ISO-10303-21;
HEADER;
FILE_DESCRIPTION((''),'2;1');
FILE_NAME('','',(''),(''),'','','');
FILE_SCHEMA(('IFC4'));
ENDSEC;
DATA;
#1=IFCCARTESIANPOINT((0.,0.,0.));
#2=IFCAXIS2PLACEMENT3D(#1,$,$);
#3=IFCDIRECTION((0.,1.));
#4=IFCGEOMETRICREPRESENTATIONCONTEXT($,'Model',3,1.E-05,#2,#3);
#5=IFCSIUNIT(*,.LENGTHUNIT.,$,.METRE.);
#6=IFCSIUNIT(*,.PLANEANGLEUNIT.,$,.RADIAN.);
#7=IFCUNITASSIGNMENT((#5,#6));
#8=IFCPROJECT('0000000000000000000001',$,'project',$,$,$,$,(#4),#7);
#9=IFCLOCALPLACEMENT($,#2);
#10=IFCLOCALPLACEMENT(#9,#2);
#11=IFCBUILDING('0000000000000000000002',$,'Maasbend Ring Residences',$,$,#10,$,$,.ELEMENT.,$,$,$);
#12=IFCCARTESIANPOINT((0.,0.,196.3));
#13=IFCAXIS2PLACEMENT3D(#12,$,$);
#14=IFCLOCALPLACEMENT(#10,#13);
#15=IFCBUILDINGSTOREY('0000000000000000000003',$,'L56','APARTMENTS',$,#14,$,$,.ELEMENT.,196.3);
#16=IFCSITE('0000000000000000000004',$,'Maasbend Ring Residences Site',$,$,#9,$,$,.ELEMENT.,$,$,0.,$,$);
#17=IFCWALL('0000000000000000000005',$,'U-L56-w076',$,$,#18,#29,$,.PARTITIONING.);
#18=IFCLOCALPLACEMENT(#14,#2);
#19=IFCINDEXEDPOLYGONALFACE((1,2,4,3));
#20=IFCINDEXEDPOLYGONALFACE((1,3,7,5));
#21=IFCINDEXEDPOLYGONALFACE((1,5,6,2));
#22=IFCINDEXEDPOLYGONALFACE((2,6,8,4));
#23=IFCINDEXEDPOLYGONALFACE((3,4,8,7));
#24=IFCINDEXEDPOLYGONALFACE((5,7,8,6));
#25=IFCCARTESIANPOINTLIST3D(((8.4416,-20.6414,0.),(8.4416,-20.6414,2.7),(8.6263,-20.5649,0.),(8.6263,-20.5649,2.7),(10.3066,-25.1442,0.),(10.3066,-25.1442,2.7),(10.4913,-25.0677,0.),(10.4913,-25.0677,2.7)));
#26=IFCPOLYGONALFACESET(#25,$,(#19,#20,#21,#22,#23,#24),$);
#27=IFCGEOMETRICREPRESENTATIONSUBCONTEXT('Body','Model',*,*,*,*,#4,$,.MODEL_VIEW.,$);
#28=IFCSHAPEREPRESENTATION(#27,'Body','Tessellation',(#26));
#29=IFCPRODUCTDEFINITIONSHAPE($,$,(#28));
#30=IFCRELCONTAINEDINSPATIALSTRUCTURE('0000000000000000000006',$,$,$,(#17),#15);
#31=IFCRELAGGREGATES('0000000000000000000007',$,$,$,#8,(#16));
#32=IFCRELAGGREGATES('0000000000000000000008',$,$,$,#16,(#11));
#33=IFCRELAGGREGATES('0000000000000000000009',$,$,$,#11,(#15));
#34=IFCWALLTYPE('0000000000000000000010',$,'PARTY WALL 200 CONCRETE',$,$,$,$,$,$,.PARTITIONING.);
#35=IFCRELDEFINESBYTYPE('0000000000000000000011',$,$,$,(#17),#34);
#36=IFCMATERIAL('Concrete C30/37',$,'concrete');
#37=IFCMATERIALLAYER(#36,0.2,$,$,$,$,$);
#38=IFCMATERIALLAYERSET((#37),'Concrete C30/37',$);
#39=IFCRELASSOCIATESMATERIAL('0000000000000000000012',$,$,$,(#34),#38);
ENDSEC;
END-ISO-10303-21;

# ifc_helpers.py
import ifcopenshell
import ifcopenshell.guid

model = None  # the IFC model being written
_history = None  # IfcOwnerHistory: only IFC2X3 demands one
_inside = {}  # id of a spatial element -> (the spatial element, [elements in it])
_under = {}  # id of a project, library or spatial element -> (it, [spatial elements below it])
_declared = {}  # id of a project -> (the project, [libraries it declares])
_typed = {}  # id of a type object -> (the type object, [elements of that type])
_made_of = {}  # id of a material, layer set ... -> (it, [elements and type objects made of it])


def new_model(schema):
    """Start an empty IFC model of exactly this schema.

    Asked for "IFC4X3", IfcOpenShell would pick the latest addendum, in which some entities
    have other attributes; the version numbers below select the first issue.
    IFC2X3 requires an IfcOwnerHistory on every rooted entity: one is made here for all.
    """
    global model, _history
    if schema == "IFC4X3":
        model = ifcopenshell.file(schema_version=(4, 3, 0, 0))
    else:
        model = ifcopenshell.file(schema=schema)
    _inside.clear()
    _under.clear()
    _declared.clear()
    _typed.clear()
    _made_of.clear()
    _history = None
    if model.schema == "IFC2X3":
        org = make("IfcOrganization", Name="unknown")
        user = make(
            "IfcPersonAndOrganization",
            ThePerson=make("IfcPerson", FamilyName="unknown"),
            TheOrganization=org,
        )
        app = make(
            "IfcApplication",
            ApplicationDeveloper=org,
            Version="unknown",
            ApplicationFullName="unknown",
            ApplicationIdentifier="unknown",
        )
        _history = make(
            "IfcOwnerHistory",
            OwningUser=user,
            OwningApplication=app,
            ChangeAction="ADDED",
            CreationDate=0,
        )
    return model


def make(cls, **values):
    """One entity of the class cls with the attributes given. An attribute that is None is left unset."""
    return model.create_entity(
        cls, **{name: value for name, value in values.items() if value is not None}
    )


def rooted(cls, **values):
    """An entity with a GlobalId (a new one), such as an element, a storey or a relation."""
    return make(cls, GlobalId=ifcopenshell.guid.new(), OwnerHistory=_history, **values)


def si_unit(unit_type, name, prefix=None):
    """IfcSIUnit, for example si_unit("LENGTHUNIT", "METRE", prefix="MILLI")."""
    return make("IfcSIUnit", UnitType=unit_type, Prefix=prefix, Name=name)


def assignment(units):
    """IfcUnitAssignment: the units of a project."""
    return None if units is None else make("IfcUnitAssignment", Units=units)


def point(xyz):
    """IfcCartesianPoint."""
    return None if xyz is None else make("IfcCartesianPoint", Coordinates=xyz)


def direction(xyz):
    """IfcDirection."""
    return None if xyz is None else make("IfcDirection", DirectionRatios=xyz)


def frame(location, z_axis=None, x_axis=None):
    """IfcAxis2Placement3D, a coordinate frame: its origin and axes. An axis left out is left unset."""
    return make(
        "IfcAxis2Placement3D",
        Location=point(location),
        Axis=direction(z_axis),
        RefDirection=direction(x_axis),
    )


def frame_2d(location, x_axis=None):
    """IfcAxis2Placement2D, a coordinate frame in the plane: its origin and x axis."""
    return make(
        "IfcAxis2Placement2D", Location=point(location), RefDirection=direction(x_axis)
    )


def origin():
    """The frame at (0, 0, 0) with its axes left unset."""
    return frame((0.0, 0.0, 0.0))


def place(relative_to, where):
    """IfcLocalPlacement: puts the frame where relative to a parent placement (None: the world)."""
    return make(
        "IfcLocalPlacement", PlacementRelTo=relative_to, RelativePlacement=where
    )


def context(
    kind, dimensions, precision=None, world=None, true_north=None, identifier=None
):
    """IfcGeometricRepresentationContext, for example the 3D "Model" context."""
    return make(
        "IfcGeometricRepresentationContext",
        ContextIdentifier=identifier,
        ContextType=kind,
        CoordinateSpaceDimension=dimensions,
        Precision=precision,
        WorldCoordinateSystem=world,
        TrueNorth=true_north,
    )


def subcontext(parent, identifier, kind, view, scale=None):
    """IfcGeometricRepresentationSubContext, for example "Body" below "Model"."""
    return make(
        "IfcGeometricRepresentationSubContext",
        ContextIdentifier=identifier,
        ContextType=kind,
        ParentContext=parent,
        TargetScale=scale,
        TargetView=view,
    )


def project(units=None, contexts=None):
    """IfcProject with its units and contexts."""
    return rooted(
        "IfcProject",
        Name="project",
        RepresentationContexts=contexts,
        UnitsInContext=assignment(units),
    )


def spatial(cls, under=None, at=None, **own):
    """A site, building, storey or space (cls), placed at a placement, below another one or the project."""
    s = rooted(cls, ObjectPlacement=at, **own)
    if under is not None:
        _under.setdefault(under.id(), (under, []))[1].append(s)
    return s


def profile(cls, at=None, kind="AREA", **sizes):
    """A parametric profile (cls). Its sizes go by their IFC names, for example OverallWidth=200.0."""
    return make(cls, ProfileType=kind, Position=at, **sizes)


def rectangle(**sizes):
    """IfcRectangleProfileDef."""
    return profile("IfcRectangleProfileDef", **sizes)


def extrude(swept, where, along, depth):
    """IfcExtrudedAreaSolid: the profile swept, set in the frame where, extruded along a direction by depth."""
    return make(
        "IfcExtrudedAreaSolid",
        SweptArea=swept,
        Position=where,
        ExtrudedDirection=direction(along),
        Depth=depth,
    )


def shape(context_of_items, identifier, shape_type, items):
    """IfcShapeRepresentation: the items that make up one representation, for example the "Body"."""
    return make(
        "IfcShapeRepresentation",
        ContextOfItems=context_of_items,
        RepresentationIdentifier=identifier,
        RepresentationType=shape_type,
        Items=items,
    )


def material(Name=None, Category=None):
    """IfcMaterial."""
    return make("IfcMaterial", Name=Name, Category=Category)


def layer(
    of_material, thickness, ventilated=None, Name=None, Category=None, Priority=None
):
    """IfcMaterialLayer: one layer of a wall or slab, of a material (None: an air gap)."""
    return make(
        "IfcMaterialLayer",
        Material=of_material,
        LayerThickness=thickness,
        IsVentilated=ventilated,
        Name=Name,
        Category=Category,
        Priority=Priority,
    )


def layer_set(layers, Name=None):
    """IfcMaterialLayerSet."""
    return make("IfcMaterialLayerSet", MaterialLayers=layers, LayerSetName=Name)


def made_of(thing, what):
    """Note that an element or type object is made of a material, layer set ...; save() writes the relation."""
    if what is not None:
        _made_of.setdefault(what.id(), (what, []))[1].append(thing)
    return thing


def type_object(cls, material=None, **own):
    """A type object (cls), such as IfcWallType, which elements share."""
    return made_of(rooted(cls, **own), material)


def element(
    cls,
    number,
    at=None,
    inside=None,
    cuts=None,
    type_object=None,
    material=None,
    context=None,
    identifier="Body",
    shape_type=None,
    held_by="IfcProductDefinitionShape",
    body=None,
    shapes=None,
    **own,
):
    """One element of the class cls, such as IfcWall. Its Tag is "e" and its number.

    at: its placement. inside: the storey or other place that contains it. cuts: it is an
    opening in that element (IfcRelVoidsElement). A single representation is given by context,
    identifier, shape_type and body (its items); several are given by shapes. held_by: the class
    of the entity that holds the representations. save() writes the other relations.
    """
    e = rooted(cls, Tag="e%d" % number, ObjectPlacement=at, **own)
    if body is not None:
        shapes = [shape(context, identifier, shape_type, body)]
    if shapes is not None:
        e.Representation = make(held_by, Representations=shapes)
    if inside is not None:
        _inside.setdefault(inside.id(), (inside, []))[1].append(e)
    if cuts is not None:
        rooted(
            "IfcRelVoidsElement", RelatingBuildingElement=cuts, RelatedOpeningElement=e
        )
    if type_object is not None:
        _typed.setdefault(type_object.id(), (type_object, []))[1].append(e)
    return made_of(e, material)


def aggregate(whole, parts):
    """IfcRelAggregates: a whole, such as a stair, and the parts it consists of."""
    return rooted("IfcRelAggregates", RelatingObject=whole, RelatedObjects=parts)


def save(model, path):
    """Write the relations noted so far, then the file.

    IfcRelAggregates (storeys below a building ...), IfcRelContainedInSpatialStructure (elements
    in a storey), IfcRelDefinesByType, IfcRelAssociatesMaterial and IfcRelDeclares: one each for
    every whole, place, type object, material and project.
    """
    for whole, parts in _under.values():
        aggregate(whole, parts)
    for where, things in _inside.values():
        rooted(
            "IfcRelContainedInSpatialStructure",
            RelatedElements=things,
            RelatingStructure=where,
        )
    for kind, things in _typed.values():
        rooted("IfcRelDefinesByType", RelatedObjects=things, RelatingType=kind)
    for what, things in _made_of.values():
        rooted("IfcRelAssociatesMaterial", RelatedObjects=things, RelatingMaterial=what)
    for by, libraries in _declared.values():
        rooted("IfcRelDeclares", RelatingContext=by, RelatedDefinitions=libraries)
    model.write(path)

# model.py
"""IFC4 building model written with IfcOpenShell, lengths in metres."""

from ifc_helpers import new_model, si_unit, direction, frame, frame_2d, origin, place, context, subcontext, project, spatial, rectangle, extrude, material, layer, layer_set, type_object, element, save


model = new_model("IFC4")

# Units and contexts
model_context = context("Model", 3, precision=1e-05, world=origin(), true_north=direction((0.0, 1.0)))
body_context = subcontext(model_context, "Body", "Model", "MODEL_VIEW")
ifc_project = project(units=[si_unit("LENGTHUNIT", "METRE"), si_unit("PLANEANGLEUNIT", "RADIAN")], contexts=[model_context])

# Site, building, storey
site_placement = place(None, origin())
site = spatial("IfcSite", under=ifc_project, at=site_placement, Name="Maasbend Ring Residences Site", CompositionType="ELEMENT", RefElevation=0.0)
building_placement = place(site_placement, origin())
building = spatial("IfcBuilding", under=site, at=building_placement, Name="Maasbend Ring Residences", CompositionType="ELEMENT")
storey_placement = place(building_placement, frame((0.0, 0.0, 196.3)))
storey = spatial("IfcBuildingStorey", under=building, at=storey_placement, Name="L56", Description="APARTMENTS", CompositionType="ELEMENT", Elevation=196.3)

# Wall
ifc_material_1 = material(Name="Concrete C30/37", Category="concrete")
ifc_layer_1 = layer(ifc_material_1, 0.2)
ifc_layer_set_1 = layer_set([ifc_layer_1], Name="Concrete C30/37")
wall_type_1 = type_object("IfcWallType", Name="PARTY WALL 200 CONCRETE", PredefinedType="PARTITIONING", material=ifc_layer_set_1)
wall_1_placement = place(storey_placement, frame((8.5339, -20.603, 0.0), z_axis=(0.0, 0.0, 1.0), x_axis=(0.382651, -0.923893, 0.0)))
element("IfcWall", 1, at=wall_1_placement, inside=storey, type_object=wall_type_1, Name="U-L56-w076", PredefinedType="PARTITIONING", context=body_context, shape_type="SweptSolid", body=[
    extrude(rectangle(XDim=4.8738, YDim=0.2, at=frame_2d((2.437, 0.0))), origin(), (0.0, 0.0, 1.0), 2.7),
])

save(model, "model.ifc")
